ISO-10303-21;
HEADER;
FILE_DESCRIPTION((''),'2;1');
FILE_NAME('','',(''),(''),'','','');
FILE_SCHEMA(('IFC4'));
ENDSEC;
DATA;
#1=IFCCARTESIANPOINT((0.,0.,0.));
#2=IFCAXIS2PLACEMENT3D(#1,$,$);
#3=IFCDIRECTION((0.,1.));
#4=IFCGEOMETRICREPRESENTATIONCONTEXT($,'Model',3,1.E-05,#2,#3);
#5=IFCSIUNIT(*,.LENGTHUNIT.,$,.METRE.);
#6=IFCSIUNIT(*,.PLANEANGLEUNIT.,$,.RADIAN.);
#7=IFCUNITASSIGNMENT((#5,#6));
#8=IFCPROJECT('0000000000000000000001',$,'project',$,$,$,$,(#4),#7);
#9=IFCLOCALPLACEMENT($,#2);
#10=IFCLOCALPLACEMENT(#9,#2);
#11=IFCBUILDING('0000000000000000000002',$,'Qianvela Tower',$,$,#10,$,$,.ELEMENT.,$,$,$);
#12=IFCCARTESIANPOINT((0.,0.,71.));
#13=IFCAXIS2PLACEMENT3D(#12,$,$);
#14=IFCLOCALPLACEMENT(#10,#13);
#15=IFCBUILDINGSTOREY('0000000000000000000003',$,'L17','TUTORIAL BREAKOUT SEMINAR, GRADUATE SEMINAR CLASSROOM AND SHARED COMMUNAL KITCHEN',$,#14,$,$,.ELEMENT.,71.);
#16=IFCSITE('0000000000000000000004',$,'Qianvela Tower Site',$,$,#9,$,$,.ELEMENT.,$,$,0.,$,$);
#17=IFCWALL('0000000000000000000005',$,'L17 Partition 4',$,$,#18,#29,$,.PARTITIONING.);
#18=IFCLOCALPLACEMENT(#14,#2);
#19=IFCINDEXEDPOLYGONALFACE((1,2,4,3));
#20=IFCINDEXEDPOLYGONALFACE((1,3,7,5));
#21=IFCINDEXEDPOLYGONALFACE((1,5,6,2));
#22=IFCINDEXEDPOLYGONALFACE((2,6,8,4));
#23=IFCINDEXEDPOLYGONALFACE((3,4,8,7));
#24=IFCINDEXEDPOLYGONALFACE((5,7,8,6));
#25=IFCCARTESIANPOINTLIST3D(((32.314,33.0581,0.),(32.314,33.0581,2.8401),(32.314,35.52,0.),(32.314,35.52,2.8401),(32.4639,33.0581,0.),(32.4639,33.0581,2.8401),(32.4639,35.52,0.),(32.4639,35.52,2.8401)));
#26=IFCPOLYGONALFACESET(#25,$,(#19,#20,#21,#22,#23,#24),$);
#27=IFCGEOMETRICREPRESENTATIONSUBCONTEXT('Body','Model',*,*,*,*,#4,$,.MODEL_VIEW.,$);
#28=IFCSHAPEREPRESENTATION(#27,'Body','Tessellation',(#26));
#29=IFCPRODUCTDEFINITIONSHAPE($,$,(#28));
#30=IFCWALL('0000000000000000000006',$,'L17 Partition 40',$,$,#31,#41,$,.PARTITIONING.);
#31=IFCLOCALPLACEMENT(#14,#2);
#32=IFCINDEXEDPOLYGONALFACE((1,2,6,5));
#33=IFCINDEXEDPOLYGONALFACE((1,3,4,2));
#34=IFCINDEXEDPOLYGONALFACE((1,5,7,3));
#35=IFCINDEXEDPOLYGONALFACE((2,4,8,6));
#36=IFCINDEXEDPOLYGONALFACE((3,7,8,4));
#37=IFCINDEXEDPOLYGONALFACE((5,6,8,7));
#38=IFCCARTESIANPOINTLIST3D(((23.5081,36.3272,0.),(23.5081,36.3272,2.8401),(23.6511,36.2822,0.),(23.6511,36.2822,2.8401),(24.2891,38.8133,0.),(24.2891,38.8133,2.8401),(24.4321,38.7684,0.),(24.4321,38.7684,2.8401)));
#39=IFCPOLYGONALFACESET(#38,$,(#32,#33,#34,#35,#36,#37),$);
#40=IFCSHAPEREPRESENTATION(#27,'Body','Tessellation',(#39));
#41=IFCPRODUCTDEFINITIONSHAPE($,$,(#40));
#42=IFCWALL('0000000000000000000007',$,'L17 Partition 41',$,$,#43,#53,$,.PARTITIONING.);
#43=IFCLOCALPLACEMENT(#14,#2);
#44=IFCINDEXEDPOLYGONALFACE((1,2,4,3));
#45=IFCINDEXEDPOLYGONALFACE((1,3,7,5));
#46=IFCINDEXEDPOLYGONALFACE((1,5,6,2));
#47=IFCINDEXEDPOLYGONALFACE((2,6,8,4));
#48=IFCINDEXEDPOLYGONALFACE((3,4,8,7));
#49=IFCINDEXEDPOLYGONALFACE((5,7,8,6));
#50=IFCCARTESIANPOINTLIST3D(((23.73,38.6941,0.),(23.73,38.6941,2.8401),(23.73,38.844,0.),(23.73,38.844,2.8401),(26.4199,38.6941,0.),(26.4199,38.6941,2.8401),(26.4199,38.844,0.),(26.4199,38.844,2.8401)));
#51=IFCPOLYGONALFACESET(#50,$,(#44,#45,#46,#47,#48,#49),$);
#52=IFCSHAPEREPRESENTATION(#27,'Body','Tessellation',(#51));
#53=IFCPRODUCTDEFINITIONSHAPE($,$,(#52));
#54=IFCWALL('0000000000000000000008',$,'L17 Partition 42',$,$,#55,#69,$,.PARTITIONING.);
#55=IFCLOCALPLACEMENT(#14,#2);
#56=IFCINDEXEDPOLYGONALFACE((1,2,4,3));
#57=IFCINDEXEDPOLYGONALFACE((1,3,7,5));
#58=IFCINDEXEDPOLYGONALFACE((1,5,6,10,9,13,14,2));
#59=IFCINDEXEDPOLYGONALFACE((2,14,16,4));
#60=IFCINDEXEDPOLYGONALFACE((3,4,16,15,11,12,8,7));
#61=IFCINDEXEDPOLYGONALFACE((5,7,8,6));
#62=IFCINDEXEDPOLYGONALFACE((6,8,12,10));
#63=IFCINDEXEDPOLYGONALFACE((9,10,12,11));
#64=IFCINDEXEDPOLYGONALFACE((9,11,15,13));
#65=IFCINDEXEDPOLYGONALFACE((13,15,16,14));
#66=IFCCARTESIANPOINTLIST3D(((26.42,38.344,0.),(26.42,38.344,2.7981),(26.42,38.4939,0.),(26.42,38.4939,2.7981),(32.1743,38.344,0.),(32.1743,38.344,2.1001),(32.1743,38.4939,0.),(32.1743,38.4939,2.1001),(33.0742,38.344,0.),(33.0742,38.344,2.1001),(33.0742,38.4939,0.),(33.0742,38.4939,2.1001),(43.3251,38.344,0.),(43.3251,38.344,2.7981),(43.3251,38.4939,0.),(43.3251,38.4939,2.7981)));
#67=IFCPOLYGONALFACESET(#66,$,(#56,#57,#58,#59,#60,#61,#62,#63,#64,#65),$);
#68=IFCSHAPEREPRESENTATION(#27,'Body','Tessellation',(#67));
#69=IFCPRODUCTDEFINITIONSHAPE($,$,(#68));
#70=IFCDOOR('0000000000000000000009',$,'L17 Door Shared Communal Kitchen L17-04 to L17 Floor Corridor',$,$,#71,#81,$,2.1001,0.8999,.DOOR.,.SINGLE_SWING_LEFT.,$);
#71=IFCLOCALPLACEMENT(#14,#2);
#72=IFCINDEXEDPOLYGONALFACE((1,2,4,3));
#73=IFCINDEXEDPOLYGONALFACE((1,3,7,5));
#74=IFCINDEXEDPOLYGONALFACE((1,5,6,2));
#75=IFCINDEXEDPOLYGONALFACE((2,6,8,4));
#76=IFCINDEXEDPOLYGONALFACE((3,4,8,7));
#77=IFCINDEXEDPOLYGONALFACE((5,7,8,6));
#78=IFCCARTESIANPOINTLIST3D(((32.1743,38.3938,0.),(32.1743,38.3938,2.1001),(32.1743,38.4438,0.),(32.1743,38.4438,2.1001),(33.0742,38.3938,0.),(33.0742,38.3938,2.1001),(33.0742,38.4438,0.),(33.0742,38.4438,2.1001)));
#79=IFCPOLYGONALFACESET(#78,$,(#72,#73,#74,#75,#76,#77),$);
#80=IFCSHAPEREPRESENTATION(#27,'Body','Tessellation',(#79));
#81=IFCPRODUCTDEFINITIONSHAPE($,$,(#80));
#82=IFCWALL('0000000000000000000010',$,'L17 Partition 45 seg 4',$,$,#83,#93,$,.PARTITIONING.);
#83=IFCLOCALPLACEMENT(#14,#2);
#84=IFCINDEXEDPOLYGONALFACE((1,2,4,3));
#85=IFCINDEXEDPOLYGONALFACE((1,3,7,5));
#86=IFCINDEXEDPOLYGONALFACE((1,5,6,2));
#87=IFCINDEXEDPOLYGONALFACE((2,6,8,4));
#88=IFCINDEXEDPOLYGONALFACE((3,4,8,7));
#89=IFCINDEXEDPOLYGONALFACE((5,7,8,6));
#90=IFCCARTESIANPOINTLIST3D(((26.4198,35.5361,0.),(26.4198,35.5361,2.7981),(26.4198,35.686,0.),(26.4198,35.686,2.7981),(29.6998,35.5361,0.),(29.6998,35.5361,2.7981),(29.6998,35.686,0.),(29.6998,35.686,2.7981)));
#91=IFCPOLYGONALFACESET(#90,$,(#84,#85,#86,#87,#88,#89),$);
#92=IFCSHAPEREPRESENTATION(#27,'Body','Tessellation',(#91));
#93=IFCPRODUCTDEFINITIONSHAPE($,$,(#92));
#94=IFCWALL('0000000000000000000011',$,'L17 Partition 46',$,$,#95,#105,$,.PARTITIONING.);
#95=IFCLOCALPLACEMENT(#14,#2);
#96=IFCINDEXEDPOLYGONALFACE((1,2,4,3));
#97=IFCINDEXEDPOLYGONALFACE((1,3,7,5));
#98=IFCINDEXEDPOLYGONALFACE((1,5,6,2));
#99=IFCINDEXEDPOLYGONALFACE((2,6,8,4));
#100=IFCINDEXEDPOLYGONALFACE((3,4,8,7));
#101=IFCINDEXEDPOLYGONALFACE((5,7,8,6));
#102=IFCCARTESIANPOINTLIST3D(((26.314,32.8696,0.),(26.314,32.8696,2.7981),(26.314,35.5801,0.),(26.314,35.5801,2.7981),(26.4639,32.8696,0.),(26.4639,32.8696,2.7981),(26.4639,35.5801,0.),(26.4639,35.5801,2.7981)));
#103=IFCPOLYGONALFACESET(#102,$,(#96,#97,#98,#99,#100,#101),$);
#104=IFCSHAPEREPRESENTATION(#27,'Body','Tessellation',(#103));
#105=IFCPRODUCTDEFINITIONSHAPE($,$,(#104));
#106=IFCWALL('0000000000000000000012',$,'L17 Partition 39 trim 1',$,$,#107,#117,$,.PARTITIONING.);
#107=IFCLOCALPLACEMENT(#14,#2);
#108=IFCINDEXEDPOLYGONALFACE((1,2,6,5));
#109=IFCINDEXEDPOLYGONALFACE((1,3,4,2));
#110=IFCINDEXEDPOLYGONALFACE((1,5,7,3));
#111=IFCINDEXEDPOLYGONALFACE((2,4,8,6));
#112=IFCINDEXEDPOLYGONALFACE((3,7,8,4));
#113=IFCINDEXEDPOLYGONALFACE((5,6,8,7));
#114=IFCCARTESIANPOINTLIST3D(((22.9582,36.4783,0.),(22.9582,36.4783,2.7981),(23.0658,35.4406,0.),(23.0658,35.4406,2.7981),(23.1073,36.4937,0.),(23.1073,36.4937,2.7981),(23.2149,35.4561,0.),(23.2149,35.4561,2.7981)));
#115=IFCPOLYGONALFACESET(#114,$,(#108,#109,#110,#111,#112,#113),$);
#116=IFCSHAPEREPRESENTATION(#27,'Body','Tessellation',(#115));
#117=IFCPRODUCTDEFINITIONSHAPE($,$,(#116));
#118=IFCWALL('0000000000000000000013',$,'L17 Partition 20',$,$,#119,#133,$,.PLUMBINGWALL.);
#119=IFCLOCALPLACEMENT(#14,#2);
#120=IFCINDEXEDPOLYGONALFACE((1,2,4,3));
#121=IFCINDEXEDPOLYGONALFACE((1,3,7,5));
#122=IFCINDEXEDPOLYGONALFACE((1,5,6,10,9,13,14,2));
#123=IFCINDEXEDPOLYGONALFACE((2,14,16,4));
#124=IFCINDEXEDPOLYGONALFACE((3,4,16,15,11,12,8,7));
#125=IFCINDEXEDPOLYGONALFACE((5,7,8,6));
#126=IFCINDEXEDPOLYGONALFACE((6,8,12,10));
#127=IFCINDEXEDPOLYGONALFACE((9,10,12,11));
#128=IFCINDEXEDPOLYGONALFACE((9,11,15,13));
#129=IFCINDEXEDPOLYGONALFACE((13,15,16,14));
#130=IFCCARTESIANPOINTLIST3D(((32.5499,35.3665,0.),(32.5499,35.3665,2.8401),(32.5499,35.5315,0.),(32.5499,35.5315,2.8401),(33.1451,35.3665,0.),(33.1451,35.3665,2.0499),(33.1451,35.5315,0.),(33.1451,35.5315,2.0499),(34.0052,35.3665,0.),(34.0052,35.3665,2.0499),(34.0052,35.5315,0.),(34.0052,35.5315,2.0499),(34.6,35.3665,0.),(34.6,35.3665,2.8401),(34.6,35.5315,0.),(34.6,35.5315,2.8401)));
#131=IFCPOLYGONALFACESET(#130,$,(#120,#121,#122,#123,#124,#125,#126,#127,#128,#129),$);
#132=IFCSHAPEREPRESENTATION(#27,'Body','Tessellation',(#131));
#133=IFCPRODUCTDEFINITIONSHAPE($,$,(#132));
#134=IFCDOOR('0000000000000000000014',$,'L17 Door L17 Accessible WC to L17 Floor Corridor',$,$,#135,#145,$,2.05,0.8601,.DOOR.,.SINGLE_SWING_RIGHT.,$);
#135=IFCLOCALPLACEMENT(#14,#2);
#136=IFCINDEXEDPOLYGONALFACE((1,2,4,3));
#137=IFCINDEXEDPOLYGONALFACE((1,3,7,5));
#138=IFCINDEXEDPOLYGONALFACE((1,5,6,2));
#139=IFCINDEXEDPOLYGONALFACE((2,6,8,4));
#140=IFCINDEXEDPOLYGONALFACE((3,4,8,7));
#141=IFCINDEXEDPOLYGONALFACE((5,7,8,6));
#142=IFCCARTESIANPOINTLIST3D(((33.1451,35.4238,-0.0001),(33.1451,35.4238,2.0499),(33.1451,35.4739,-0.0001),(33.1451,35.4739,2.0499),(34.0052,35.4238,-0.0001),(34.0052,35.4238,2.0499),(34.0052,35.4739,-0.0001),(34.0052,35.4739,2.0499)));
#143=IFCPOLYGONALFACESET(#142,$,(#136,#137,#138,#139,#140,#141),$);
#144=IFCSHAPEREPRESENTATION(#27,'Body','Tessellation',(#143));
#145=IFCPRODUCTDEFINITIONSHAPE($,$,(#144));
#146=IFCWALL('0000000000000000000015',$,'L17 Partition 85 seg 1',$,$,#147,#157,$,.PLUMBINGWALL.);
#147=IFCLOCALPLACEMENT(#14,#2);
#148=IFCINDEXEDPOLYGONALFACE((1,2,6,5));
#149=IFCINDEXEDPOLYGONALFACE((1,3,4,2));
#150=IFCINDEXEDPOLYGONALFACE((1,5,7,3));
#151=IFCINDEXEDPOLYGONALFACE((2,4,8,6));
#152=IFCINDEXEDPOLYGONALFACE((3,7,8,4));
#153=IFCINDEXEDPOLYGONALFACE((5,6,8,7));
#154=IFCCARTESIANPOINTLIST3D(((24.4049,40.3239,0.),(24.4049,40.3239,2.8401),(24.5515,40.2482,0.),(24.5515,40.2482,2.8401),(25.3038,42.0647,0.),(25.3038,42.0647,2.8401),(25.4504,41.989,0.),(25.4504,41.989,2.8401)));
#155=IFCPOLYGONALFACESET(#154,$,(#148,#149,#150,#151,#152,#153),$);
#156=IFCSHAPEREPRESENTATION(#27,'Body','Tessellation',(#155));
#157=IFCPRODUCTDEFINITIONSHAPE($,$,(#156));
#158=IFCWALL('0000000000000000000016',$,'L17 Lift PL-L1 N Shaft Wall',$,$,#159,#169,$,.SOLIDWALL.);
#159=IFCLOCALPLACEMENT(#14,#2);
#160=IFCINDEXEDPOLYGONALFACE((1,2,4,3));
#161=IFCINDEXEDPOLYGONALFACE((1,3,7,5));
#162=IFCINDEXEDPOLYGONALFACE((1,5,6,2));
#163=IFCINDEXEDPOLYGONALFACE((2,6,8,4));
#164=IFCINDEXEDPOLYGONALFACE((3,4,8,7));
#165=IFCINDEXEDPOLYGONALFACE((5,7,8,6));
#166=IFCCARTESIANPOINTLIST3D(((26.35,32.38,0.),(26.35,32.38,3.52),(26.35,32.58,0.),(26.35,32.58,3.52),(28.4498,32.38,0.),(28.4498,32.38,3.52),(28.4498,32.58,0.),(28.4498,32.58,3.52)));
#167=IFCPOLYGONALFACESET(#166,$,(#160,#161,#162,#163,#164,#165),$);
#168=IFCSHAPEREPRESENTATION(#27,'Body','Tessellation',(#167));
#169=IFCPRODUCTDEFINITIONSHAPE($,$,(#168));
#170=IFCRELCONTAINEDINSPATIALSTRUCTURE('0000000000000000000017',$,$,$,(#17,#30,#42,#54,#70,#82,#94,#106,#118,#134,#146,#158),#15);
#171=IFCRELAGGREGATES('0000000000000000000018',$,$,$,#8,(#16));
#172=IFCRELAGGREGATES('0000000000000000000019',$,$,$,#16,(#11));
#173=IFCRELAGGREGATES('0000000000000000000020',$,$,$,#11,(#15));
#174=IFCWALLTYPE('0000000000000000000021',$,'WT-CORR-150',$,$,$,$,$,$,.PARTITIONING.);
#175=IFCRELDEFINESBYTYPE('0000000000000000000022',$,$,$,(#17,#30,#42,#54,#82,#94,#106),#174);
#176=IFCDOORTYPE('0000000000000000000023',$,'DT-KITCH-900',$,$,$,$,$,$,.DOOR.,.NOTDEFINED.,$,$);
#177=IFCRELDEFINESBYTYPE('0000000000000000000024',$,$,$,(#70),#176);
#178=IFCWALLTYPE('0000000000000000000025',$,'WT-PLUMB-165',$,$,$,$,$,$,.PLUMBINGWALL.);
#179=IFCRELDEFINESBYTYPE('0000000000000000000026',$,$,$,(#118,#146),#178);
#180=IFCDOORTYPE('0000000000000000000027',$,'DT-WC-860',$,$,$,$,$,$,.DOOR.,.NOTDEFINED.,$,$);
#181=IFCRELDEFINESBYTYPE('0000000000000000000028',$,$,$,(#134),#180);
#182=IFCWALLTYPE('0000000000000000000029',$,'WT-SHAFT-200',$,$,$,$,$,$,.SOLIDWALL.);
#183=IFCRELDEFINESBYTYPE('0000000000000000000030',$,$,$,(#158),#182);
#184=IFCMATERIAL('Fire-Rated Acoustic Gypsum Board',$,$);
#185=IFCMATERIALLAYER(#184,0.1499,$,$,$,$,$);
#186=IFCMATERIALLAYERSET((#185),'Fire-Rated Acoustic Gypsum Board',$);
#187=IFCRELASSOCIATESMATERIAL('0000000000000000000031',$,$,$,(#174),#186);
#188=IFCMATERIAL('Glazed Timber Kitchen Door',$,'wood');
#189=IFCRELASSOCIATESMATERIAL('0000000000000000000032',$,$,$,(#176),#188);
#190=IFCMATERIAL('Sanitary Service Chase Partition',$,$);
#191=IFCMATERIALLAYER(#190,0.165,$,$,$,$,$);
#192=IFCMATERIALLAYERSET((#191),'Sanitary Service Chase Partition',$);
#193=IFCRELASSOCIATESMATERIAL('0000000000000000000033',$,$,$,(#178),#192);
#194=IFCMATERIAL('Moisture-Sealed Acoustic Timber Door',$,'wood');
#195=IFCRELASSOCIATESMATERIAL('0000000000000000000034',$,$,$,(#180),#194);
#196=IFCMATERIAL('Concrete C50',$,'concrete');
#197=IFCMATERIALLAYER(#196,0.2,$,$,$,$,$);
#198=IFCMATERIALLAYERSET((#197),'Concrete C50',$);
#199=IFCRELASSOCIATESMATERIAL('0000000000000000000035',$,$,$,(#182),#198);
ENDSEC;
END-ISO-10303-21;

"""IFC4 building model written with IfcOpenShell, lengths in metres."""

from ifc_helpers import new_model, si_unit, direction, frame, frame_2d, origin, place, context, subcontext, project, spatial, rectangle, extrude, material, layer, layer_set, type_object, element, fill, save


model = new_model("IFC4")

# Units and contexts
model_context = context("Model", 3, precision=1e-05, world=origin(), true_north=direction((0.0, 1.0)))
body_context = subcontext(model_context, "Body", "Model", "MODEL_VIEW")
ifc_project = project(units=[si_unit("LENGTHUNIT", "METRE"), si_unit("PLANEANGLEUNIT", "RADIAN")], contexts=[model_context])

# Site, building, storey
site_placement = place(None, origin())
site = spatial("IfcSite", under=ifc_project, at=site_placement, Name="Qianvela Tower Site", CompositionType="ELEMENT", RefElevation=0.0)
building_placement = place(site_placement, origin())
building = spatial("IfcBuilding", under=site, at=building_placement, Name="Qianvela Tower", CompositionType="ELEMENT")
storey_placement = place(building_placement, frame((0.0, 0.0, 71.0)))
storey = spatial("IfcBuildingStorey", under=building, at=storey_placement, Name="L17", Description="TUTORIAL BREAKOUT SEMINAR, GRADUATE SEMINAR CLASSROOM AND SHARED COMMUNAL KITCHEN", CompositionType="ELEMENT", Elevation=71.0)

# Shared definitions
ifc_material_1 = material(Name="Fire-Rated Acoustic Gypsum Board")
ifc_layer_1 = layer(ifc_material_1, 0.1499)
ifc_layer_set_1 = layer_set([ifc_layer_1], Name="Fire-Rated Acoustic Gypsum Board")
wall_type_1 = type_object("IfcWallType", Name="WT-CORR-150", PredefinedType="PARTITIONING", material=ifc_layer_set_1)

# Walls
wall_1_placement = place(storey_placement, frame((32.3889, 35.52, 0.0), z_axis=(0.0, 0.0, 1.0), x_axis=(0.0, -1.0, 0.0)))
element("IfcWall", 1, at=wall_1_placement, inside=storey, type_object=wall_type_1, Name="L17 Partition 4", PredefinedType="PARTITIONING", context=body_context, shape_type="SweptSolid", body=[
    extrude(rectangle(XDim=2.4619, YDim=0.1499, at=frame_2d((1.231, 0.0))), origin(), (0.0, 0.0, 1.0), 2.8401),
])
wall_2_placement = place(storey_placement, frame((23.5796, 36.3047, 0.0), z_axis=(0.0, 0.0, 1.0), x_axis=(0.29971, 0.95403, 0.0)))
element("IfcWall", 2, at=wall_2_placement, inside=storey, type_object=wall_type_1, Name="L17 Partition 40", PredefinedType="PARTITIONING", context=body_context, shape_type="SweptSolid", body=[
    extrude(rectangle(XDim=2.606, YDim=0.1499, at=frame_2d((1.303, 0.0))), origin(), (0.0, 0.0, 1.0), 2.8401),
])
wall_3_placement = place(storey_placement, frame((23.73, 38.769, 0.0), z_axis=(0.0, 0.0, 1.0), x_axis=(1.0, 0.0, 0.0)))
element("IfcWall", 3, at=wall_3_placement, inside=storey, type_object=wall_type_1, Name="L17 Partition 41", PredefinedType="PARTITIONING", context=body_context, shape_type="SweptSolid", body=[
    extrude(rectangle(XDim=2.6899, YDim=0.1499, at=frame_2d((1.345, 0.0))), origin(), (0.0, 0.0, 1.0), 2.8401),
])

# Wall, opening, door
wall_4_placement = place(storey_placement, frame((26.4199, 38.4189, 0.0), z_axis=(0.0, 0.0, 1.0), x_axis=(1.0, 0.0, 0.0)))
wall_4 = element("IfcWall", 4, at=wall_4_placement, inside=storey, type_object=wall_type_1, Name="L17 Partition 42", PredefinedType="PARTITIONING", context=body_context, shape_type="SweptSolid", body=[
    extrude(rectangle(XDim=16.905, YDim=0.1499, at=frame_2d((8.4526, 0.0))), origin(), (0.0, 0.0, 1.0), 2.7981),
])
opening_1_placement = place(wall_4_placement, frame((5.7544, 0.0, 0.0)))
opening_1 = element("IfcOpeningElement", 5, at=opening_1_placement, cuts=wall_4, PredefinedType="OPENING", context=body_context, shape_type="SweptSolid", body=[
    extrude(rectangle(XDim=0.8999, YDim=2.1001, at=frame_2d((0.45, 1.05))), frame((0.0, 0.085, 0.0), z_axis=(0.0, -1.0, 0.0), x_axis=(1.0, 0.0, 0.0)), (0.0, 0.0, 1.0), 0.1699),
])
ifc_material_2 = material(Name="Glazed Timber Kitchen Door", Category="wood")
door_type_1 = type_object("IfcDoorType", Name="DT-KITCH-900", OperationType="NOTDEFINED", PredefinedType="DOOR", material=ifc_material_2)
door_1_placement = place(opening_1_placement, origin())
door_1 = element("IfcDoor", 6, at=door_1_placement, inside=storey, type_object=door_type_1, Name="L17 Door Shared Communal Kitchen L17-04 to L17 Floor Corridor", OperationType="SINGLE_SWING_LEFT", OverallHeight=2.1001, OverallWidth=0.8999, PredefinedType="DOOR", context=body_context, shape_type="SweptSolid", body=[
    extrude(rectangle(XDim=0.8999, YDim=2.1001, at=frame_2d((0.45, 1.05))), frame((0.0, 0.0249, 0.0), z_axis=(0.0, -1.0, 0.0), x_axis=(1.0, 0.0, 0.0)), (0.0, 0.0, 1.0), 0.05),
])
fill(opening_1, door_1)

# Walls
wall_5_placement = place(storey_placement, frame((29.7, 35.6111, 0.0), z_axis=(0.0, 0.0, 1.0), x_axis=(-1.0, 0.0, 0.0)))
element("IfcWall", 7, at=wall_5_placement, inside=storey, type_object=wall_type_1, Name="L17 Partition 45 seg 4", PredefinedType="PARTITIONING", context=body_context, shape_type="SweptSolid", body=[
    extrude(rectangle(XDim=3.28, YDim=0.1499, at=frame_2d((1.6401, 0.0))), origin(), (0.0, 0.0, 1.0), 2.7981),
])
wall_6_placement = place(storey_placement, frame((26.3889, 35.5801, 0.0), z_axis=(0.0, 0.0, 1.0), x_axis=(0.0, -1.0, 0.0)))
element("IfcWall", 8, at=wall_6_placement, inside=storey, type_object=wall_type_1, Name="L17 Partition 46", PredefinedType="PARTITIONING", context=body_context, shape_type="SweptSolid", body=[
    extrude(rectangle(XDim=2.7104, YDim=0.1499, at=frame_2d((1.3552, 0.0))), origin(), (0.0, 0.0, 1.0), 2.7981),
])
wall_7_placement = place(storey_placement, frame((23.1404, 35.4485, 0.0), z_axis=(0.0, 0.0, 1.0), x_axis=(-0.103211, 0.99466, 0.0)))
element("IfcWall", 9, at=wall_7_placement, inside=storey, type_object=wall_type_1, Name="L17 Partition 39 trim 1", PredefinedType="PARTITIONING", context=body_context, shape_type="SweptSolid", body=[
    extrude(rectangle(XDim=1.0432, YDim=0.1499, at=frame_2d((0.5215, 0.0))), origin(), (0.0, 0.0, 1.0), 2.7981),
])

# Wall, opening, door
ifc_material_3 = material(Name="Sanitary Service Chase Partition")
ifc_layer_2 = layer(ifc_material_3, 0.165)
ifc_layer_set_2 = layer_set([ifc_layer_2], Name="Sanitary Service Chase Partition")
wall_type_2 = type_object("IfcWallType", Name="WT-PLUMB-165", PredefinedType="PLUMBINGWALL", material=ifc_layer_set_2)
wall_8_placement = place(storey_placement, frame((32.55, 35.449, 0.0), z_axis=(0.0, 0.0, 1.0), x_axis=(1.0, 0.0, 0.0)))
wall_8 = element("IfcWall", 10, at=wall_8_placement, inside=storey, type_object=wall_type_2, Name="L17 Partition 20", PredefinedType="PLUMBINGWALL", context=body_context, shape_type="SweptSolid", body=[
    extrude(rectangle(XDim=2.05, YDim=0.165, at=frame_2d((1.0249, 0.0))), origin(), (0.0, 0.0, 1.0), 2.8401),
])
opening_2_placement = place(wall_8_placement, frame((0.595, 0.0, 0.0)))
opening_2 = element("IfcOpeningElement", 11, at=opening_2_placement, cuts=wall_8, PredefinedType="OPENING", context=body_context, shape_type="SweptSolid", body=[
    extrude(rectangle(XDim=0.8601, YDim=2.05, at=frame_2d((0.4302, 1.0249))), frame((0.0, 0.0925, 0.0), z_axis=(0.0, -1.0, 0.0), x_axis=(1.0, 0.0, 0.0)), (0.0, 0.0, 1.0), 0.1851),
])
ifc_material_4 = material(Name="Moisture-Sealed Acoustic Timber Door", Category="wood")
door_type_2 = type_object("IfcDoorType", Name="DT-WC-860", OperationType="NOTDEFINED", PredefinedType="DOOR", material=ifc_material_4)
door_2_placement = place(opening_2_placement, origin())
door_2 = element("IfcDoor", 12, at=door_2_placement, inside=storey, type_object=door_type_2, Name="L17 Door L17 Accessible WC to L17 Floor Corridor", OperationType="SINGLE_SWING_RIGHT", OverallHeight=2.05, OverallWidth=0.8601, PredefinedType="DOOR", context=body_context, shape_type="SweptSolid", body=[
    extrude(rectangle(XDim=0.8601, YDim=2.05, at=frame_2d((0.4302, 1.0249))), frame((0.0, 0.0249, 0.0), z_axis=(0.0, -1.0, 0.0), x_axis=(1.0, 0.0, 0.0)), (0.0, 0.0, 1.0), 0.05),
])
fill(opening_2, door_2)

# Walls
wall_9_placement = place(storey_placement, frame((24.4783, 40.2861, 0.0), z_axis=(0.0, 0.0, 1.0), x_axis=(0.458789, 0.888545, 0.0)))
element("IfcWall", 13, at=wall_9_placement, inside=storey, type_object=wall_type_2, Name="L17 Partition 85 seg 1", PredefinedType="PLUMBINGWALL", context=body_context, shape_type="SweptSolid", body=[
    extrude(rectangle(XDim=1.9592, YDim=0.165, at=frame_2d((0.9795, 0.0))), origin(), (0.0, 0.0, 1.0), 2.8401),
])
ifc_material_5 = material(Name="Concrete C50", Category="concrete")
ifc_layer_3 = layer(ifc_material_5, 0.2)
ifc_layer_set_3 = layer_set([ifc_layer_3], Name="Concrete C50")
wall_type_3 = type_object("IfcWallType", Name="WT-SHAFT-200", PredefinedType="SOLIDWALL", material=ifc_layer_set_3)
wall_10_placement = place(storey_placement, frame((26.3501, 32.48, 0.0), z_axis=(0.0, 0.0, 1.0), x_axis=(1.0, 0.0, 0.0)))
element("IfcWall", 14, at=wall_10_placement, inside=storey, type_object=wall_type_3, Name="L17 Lift PL-L1 N Shaft Wall", PredefinedType="SOLIDWALL", context=body_context, shape_type="SweptSolid", body=[
    extrude(rectangle(XDim=2.0999, YDim=0.2, at=frame_2d((1.0498, 0.0))), origin(), (0.0, 0.0, 1.0), 3.52),
])

save(model, "model.ifc")
